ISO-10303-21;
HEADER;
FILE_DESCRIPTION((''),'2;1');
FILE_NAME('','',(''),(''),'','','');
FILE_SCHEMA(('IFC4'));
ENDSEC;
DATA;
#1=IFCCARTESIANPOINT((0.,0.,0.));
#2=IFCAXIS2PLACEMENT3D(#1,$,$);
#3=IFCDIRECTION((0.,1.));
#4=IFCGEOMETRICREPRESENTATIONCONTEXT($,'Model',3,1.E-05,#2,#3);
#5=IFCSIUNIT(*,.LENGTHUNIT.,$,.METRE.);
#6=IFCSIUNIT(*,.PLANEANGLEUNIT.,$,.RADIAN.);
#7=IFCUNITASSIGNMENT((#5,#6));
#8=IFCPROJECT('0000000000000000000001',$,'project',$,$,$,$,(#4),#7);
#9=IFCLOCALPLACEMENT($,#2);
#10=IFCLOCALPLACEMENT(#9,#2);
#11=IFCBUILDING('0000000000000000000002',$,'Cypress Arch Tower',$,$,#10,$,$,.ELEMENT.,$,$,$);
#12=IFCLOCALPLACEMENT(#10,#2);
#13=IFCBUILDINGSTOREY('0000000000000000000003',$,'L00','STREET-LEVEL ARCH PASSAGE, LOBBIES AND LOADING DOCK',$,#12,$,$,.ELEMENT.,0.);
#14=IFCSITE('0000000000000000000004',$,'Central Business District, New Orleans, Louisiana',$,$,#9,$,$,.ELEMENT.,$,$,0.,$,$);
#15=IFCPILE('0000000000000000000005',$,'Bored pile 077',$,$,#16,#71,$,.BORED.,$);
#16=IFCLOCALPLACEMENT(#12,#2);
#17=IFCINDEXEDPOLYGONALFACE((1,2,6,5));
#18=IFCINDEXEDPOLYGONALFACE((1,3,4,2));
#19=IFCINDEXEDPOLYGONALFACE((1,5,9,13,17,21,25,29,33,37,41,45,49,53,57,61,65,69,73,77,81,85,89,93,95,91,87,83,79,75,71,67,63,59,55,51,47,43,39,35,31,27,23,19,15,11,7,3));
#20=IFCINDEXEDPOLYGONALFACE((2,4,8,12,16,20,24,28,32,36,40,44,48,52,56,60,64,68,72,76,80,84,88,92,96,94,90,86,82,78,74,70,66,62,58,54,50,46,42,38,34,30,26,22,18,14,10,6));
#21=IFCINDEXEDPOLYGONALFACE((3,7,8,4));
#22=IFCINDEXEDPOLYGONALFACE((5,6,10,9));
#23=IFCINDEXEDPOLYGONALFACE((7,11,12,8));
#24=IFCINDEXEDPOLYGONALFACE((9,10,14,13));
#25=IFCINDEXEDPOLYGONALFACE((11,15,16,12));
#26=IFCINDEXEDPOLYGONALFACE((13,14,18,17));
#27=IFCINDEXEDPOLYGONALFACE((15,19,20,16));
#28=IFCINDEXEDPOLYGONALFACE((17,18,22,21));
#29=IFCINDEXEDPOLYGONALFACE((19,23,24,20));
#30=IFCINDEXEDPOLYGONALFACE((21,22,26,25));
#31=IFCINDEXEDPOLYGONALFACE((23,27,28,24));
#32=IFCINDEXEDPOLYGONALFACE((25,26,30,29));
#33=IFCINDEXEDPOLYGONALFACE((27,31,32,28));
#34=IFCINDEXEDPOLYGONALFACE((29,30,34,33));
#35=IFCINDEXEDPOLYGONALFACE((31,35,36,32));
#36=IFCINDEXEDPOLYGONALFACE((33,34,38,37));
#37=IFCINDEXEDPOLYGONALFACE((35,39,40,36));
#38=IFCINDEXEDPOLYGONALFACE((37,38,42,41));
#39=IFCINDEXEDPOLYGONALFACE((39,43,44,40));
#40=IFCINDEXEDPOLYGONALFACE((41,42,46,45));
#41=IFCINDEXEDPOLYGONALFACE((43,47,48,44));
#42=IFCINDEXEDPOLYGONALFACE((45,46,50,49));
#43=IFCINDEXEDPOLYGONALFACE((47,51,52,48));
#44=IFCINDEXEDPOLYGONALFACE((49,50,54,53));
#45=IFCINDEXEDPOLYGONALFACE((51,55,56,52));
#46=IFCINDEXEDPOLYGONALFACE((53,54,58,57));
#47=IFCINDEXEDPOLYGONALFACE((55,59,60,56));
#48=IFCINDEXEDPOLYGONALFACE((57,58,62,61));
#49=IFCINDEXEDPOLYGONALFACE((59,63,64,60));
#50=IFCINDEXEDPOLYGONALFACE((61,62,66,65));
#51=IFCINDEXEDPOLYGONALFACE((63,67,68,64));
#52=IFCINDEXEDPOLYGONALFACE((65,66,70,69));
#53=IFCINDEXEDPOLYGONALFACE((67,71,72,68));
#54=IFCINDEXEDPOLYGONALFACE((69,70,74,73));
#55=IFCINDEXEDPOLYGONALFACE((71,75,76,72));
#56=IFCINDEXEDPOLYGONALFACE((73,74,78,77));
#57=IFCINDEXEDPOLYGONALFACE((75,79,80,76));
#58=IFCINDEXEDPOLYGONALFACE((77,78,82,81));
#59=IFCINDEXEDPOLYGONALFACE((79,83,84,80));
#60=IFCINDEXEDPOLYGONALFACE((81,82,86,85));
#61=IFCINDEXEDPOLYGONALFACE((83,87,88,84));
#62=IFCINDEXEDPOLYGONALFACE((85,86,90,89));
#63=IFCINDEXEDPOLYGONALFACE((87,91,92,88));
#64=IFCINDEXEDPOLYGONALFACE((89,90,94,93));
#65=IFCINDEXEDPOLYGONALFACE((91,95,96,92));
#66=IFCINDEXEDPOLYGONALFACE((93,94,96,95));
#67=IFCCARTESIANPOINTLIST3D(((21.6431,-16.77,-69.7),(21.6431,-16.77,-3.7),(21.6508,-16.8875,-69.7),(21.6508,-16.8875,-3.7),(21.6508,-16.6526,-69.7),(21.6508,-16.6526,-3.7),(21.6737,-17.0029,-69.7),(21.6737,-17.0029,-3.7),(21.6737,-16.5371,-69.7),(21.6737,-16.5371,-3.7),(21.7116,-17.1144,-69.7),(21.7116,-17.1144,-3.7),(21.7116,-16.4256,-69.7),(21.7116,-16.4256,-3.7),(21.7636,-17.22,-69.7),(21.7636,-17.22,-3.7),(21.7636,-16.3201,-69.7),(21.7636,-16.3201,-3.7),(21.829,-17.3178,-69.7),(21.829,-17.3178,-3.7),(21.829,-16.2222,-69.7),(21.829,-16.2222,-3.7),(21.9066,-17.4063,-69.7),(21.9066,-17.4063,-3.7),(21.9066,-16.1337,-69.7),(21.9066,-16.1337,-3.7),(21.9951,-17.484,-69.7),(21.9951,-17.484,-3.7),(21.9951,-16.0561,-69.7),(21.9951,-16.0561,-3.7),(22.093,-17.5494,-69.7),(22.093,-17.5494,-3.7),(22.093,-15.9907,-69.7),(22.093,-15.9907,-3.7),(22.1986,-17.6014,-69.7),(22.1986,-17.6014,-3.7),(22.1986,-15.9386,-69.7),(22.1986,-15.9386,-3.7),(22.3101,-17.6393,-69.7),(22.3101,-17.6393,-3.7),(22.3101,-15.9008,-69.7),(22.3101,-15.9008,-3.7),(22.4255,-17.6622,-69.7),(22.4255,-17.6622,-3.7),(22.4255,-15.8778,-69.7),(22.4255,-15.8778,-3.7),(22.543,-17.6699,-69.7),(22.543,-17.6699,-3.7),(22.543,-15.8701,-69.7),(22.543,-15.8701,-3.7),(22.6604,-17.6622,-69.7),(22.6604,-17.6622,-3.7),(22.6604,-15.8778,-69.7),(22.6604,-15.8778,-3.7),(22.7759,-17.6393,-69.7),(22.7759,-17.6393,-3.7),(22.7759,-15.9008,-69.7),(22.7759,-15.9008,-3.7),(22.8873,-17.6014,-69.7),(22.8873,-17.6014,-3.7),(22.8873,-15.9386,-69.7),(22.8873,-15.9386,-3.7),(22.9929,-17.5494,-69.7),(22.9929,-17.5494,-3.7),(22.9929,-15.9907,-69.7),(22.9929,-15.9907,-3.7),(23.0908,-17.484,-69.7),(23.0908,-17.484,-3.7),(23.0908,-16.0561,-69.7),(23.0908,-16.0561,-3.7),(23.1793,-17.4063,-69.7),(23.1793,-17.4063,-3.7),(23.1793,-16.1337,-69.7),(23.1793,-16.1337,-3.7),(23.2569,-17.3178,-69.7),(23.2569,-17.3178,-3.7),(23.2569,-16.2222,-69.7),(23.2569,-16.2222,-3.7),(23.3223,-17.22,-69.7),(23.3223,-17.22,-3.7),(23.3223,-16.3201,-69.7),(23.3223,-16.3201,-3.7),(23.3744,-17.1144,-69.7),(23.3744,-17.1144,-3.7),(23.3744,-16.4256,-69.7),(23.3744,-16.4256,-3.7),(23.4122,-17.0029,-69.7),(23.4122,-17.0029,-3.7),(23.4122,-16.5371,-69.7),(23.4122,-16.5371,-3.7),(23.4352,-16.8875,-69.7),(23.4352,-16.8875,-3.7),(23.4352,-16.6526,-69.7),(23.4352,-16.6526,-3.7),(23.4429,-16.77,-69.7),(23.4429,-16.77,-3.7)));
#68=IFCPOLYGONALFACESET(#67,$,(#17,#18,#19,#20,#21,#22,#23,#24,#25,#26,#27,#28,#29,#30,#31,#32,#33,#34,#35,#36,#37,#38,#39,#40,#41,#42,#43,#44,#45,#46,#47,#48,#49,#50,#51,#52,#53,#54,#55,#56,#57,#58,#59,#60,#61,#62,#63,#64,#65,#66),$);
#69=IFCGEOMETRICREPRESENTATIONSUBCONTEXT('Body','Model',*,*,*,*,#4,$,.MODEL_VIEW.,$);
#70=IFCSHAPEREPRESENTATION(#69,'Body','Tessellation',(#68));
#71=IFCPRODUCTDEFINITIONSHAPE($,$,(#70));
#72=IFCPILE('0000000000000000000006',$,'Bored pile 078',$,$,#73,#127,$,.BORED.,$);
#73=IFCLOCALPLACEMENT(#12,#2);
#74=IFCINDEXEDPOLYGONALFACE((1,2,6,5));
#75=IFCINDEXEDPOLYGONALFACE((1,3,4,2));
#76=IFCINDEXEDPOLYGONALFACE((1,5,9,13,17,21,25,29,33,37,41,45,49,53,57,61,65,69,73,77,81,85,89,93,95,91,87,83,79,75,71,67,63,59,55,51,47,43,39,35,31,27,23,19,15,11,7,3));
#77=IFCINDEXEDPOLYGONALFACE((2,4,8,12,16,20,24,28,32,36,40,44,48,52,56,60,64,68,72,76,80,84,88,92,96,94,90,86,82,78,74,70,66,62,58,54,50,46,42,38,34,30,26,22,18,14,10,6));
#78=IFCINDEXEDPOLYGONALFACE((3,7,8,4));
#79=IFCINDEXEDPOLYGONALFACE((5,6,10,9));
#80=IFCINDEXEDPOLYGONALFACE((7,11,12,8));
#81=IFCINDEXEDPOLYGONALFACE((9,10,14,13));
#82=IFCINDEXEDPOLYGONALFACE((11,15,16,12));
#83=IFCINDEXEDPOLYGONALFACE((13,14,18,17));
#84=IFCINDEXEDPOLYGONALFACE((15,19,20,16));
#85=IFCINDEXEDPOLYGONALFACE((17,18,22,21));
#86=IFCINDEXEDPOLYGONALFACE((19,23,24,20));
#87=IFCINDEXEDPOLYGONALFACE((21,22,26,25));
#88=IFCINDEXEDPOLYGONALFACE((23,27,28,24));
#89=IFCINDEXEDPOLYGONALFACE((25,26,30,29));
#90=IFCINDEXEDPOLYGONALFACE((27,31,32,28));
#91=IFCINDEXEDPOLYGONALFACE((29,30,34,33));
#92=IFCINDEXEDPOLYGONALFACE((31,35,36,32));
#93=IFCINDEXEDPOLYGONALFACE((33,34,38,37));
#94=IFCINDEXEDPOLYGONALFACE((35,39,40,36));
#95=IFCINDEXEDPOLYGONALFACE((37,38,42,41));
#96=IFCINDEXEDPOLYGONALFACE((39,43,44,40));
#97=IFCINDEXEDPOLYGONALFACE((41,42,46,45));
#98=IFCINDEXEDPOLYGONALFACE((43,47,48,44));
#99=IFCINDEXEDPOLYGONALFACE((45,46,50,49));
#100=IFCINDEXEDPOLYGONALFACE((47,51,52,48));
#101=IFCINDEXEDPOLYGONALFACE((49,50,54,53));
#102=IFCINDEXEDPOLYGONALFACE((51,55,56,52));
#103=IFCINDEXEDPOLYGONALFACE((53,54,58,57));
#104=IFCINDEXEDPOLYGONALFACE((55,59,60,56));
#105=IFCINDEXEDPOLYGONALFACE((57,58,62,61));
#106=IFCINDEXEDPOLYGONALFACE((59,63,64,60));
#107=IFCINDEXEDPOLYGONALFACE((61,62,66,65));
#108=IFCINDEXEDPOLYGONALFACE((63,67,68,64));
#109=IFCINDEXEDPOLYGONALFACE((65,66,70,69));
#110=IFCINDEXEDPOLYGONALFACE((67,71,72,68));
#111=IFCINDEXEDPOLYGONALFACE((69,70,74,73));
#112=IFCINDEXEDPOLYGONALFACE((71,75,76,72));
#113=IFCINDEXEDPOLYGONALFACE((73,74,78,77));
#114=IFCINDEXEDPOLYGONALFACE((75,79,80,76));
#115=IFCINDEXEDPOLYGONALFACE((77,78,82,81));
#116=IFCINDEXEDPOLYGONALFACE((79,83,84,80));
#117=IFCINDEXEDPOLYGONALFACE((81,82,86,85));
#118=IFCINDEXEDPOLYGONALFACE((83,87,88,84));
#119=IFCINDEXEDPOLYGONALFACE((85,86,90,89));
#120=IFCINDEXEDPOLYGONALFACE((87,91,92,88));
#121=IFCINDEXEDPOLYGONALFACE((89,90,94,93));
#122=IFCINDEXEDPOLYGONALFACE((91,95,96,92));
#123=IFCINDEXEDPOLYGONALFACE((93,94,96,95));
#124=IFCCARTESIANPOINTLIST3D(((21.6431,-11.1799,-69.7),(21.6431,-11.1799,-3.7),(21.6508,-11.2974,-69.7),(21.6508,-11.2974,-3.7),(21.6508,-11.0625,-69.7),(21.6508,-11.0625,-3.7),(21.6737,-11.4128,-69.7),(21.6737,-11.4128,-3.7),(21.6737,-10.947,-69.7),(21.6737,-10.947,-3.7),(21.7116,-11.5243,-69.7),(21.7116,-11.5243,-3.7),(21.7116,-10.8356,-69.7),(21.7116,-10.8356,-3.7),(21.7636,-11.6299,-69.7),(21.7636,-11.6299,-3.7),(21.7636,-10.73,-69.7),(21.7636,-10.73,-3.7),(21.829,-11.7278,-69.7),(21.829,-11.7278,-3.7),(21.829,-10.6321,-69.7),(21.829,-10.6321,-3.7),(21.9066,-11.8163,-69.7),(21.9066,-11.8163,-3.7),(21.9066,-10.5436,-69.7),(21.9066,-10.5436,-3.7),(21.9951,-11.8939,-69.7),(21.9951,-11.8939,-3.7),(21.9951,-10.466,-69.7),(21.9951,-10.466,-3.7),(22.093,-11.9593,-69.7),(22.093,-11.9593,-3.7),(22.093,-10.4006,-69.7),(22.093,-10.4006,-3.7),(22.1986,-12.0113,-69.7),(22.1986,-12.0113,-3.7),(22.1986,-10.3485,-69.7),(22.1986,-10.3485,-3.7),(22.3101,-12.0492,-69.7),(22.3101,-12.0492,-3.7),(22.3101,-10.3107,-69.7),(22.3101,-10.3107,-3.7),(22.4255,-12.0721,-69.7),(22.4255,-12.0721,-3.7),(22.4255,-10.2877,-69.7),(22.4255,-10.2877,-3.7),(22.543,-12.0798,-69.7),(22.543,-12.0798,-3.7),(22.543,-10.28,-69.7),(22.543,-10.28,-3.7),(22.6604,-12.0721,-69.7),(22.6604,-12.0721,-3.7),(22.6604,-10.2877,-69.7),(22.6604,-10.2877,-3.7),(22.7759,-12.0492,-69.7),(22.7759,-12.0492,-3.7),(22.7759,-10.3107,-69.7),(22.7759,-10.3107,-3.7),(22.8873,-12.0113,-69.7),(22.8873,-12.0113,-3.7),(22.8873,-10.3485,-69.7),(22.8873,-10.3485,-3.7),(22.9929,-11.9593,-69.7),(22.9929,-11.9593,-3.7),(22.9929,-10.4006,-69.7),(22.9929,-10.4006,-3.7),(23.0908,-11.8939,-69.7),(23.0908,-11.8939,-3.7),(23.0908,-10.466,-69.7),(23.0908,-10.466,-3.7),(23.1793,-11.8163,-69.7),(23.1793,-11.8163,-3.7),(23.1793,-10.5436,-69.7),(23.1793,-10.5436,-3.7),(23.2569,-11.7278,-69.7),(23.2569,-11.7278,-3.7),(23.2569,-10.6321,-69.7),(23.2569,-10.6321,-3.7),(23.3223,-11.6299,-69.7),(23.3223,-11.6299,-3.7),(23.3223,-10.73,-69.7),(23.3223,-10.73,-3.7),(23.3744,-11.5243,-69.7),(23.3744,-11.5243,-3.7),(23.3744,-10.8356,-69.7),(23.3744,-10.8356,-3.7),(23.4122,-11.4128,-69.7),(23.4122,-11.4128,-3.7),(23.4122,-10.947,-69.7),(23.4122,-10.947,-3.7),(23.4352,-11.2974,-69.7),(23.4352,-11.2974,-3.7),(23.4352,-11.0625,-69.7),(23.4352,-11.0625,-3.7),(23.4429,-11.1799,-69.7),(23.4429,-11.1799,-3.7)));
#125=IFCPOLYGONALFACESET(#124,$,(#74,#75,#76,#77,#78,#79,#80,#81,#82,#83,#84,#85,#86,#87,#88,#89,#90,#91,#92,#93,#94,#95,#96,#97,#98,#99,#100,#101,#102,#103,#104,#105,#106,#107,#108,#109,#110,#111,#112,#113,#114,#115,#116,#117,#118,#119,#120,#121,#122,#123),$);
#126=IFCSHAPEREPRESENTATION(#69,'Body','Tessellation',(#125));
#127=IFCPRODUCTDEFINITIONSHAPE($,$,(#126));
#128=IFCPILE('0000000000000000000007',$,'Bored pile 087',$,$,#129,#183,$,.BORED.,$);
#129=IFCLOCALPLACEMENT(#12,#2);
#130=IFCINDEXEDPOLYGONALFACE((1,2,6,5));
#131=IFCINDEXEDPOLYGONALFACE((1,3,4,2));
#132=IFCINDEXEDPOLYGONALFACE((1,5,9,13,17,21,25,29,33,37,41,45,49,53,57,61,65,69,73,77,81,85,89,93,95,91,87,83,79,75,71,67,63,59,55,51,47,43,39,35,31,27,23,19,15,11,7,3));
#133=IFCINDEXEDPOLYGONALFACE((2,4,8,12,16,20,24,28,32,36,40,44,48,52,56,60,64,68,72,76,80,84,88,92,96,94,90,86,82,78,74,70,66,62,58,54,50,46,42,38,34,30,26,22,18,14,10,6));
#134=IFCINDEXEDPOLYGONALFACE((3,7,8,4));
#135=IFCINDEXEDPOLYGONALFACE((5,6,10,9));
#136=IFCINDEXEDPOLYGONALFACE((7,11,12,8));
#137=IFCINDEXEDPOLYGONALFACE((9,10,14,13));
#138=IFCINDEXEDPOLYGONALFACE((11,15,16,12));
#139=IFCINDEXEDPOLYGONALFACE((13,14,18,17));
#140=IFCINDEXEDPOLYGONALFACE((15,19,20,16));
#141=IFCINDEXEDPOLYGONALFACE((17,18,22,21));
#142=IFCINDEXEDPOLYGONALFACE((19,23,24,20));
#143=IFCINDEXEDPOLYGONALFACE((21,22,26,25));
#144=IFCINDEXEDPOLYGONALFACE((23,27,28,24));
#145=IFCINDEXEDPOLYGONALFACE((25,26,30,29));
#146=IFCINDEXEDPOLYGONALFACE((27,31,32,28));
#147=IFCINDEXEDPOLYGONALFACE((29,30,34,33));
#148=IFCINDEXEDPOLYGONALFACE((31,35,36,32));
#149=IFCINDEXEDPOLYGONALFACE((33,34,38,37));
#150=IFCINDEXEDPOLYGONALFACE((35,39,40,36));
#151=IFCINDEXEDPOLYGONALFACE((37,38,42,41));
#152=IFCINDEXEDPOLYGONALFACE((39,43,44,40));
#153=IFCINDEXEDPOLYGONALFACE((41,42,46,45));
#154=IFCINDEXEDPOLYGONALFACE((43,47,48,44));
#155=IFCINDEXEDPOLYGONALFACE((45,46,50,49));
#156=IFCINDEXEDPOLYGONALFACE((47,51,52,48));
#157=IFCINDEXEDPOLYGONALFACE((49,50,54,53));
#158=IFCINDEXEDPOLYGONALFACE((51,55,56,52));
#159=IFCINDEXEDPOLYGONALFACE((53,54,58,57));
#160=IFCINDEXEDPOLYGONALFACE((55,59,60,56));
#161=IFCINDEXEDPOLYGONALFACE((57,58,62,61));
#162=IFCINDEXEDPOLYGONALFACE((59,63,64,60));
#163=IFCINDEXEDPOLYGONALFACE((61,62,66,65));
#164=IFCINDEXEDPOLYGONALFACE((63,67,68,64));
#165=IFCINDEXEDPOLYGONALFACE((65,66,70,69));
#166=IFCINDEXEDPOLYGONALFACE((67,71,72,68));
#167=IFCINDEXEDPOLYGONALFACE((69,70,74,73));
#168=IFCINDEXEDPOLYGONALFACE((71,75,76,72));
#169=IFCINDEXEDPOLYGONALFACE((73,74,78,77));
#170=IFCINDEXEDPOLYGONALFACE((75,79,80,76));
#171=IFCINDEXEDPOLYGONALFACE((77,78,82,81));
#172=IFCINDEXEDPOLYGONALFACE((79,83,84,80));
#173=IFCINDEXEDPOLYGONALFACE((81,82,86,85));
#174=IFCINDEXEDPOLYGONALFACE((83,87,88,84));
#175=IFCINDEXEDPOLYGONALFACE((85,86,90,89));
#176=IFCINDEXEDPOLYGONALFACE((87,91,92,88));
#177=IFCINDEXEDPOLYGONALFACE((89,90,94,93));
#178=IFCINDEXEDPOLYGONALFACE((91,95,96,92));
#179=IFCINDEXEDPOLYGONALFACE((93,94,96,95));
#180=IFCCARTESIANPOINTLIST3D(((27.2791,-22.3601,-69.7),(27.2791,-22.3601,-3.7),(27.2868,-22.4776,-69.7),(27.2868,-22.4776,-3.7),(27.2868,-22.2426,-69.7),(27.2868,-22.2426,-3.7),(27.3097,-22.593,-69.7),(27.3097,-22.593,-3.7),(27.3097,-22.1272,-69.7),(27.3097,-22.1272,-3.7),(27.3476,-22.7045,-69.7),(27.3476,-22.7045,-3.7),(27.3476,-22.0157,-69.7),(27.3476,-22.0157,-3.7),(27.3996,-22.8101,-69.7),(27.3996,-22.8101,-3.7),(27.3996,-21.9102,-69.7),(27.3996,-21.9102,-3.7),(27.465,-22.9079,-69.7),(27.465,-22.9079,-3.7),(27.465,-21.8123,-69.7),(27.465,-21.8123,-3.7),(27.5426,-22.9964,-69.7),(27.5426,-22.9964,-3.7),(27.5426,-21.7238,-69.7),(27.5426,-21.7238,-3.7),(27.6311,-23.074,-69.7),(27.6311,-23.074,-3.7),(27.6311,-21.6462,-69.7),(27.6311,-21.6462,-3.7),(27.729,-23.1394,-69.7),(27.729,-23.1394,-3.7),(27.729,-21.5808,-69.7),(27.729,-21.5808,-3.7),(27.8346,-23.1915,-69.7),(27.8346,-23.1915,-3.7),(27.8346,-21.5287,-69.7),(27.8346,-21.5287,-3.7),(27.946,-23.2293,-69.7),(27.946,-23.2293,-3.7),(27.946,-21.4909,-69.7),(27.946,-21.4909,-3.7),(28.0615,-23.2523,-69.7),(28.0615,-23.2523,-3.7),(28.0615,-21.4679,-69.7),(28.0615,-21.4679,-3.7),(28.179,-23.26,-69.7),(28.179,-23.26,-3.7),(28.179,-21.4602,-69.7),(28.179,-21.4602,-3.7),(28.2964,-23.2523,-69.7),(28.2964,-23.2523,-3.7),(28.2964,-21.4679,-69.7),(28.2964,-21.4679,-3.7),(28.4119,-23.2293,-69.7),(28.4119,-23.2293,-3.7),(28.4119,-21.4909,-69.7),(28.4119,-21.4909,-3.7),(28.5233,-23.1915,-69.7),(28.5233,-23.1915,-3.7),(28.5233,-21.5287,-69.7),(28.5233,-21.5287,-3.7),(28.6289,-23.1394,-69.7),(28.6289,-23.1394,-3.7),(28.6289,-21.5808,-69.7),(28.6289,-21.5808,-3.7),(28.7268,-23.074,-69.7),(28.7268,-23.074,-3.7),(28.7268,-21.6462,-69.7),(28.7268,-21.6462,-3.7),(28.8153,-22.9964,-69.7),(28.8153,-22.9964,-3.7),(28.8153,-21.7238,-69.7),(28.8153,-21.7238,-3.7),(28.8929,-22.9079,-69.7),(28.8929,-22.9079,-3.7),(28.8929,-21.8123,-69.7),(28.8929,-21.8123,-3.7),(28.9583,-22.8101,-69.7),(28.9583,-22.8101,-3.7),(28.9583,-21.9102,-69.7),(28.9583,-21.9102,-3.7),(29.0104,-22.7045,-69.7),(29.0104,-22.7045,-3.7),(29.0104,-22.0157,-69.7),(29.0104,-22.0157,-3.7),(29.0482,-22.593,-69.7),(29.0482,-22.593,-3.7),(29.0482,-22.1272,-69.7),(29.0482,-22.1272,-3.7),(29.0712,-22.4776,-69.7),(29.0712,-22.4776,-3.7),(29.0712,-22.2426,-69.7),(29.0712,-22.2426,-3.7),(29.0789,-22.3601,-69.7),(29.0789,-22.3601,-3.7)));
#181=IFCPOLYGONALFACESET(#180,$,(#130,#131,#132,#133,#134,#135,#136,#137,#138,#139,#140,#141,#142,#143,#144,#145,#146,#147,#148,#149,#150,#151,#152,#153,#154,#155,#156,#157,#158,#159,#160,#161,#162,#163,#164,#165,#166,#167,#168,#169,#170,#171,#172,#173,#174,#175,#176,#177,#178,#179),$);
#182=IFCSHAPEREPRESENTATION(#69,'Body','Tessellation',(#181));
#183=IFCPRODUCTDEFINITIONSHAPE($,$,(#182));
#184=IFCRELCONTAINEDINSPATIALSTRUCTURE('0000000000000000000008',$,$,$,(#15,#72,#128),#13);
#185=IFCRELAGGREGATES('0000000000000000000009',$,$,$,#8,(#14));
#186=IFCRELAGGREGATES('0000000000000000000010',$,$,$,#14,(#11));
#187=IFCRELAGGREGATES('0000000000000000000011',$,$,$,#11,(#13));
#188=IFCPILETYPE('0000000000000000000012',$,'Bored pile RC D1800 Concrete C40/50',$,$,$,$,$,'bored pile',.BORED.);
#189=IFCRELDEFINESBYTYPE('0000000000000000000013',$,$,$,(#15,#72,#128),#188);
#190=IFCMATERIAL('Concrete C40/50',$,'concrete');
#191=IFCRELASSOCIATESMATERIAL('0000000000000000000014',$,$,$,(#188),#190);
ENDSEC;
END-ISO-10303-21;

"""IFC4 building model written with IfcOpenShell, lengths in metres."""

from ifc_helpers import new_model, si_unit, direction, frame, origin, origin_2d, place, context, subcontext, project, spatial, circle, extrude, material, material_profile, profile_set, type_object, element, save


model = new_model("IFC4")

# Units and contexts
model_context = context("Model", 3, precision=1e-05, world=origin(), true_north=direction((0.0, 1.0)))
body_context = subcontext(model_context, "Body", "Model", "MODEL_VIEW")
ifc_project = project(units=[si_unit("LENGTHUNIT", "METRE"), si_unit("PLANEANGLEUNIT", "RADIAN")], contexts=[model_context])

# Site, building, storey
site_placement = place(None, origin())
site = spatial("IfcSite", under=ifc_project, at=site_placement, Name="Central Business District, New Orleans, Louisiana", CompositionType="ELEMENT", RefElevation=0.0)
building_placement = place(site_placement, origin())
building = spatial("IfcBuilding", under=site, at=building_placement, Name="Cypress Arch Tower", CompositionType="ELEMENT")
storey_placement = place(building_placement, origin())
storey = spatial("IfcBuildingStorey", under=building, at=storey_placement, Name="L00", Description="STREET-LEVEL ARCH PASSAGE, LOBBIES AND LOADING DOCK", CompositionType="ELEMENT", Elevation=0.0)

# Piles
ifc_material_1 = material(Name="Concrete C40/50", Category="concrete")
ifc_material_profile_1 = material_profile(ifc_material_1, circle(Radius=0.8999, at=origin_2d()), Name="RC D1800")
ifc_profile_set_1 = profile_set([ifc_material_profile_1], Name="Concrete C40/50")
pile_type = type_object("IfcPileType", Name="Bored pile RC D1800 Concrete C40/50", ElementType="bored pile", PredefinedType="BORED", material=ifc_profile_set_1)
for number, where, z_axis, x_axis, name in (
    (1, (22.543, -16.77, -3.7), (0.0, 0.0, -1.0), (1.0, 0.0, 0.0), "Bored pile 077"),
    (2, (22.543, -11.1799, -3.7), (0.0, 0.0, -1.0), (1.0, 0.0, 0.0), "Bored pile 078"),
    (3, (28.179, -22.3601, -3.7), (0.0, 0.0, -1.0), (1.0, 0.0, 0.0), "Bored pile 087"),
):
    element("IfcPile", number, at=place(storey_placement, frame(where, z_axis=z_axis, x_axis=x_axis)), inside=storey, type_object=pile_type, Name=name, PredefinedType="BORED", context=body_context, shape_type="SweptSolid", body=[
        extrude(circle(Radius=0.8999, at=origin_2d()), origin(), (0.0, 0.0, 1.0), 66.0),
    ])

save(model, "model.ifc")
